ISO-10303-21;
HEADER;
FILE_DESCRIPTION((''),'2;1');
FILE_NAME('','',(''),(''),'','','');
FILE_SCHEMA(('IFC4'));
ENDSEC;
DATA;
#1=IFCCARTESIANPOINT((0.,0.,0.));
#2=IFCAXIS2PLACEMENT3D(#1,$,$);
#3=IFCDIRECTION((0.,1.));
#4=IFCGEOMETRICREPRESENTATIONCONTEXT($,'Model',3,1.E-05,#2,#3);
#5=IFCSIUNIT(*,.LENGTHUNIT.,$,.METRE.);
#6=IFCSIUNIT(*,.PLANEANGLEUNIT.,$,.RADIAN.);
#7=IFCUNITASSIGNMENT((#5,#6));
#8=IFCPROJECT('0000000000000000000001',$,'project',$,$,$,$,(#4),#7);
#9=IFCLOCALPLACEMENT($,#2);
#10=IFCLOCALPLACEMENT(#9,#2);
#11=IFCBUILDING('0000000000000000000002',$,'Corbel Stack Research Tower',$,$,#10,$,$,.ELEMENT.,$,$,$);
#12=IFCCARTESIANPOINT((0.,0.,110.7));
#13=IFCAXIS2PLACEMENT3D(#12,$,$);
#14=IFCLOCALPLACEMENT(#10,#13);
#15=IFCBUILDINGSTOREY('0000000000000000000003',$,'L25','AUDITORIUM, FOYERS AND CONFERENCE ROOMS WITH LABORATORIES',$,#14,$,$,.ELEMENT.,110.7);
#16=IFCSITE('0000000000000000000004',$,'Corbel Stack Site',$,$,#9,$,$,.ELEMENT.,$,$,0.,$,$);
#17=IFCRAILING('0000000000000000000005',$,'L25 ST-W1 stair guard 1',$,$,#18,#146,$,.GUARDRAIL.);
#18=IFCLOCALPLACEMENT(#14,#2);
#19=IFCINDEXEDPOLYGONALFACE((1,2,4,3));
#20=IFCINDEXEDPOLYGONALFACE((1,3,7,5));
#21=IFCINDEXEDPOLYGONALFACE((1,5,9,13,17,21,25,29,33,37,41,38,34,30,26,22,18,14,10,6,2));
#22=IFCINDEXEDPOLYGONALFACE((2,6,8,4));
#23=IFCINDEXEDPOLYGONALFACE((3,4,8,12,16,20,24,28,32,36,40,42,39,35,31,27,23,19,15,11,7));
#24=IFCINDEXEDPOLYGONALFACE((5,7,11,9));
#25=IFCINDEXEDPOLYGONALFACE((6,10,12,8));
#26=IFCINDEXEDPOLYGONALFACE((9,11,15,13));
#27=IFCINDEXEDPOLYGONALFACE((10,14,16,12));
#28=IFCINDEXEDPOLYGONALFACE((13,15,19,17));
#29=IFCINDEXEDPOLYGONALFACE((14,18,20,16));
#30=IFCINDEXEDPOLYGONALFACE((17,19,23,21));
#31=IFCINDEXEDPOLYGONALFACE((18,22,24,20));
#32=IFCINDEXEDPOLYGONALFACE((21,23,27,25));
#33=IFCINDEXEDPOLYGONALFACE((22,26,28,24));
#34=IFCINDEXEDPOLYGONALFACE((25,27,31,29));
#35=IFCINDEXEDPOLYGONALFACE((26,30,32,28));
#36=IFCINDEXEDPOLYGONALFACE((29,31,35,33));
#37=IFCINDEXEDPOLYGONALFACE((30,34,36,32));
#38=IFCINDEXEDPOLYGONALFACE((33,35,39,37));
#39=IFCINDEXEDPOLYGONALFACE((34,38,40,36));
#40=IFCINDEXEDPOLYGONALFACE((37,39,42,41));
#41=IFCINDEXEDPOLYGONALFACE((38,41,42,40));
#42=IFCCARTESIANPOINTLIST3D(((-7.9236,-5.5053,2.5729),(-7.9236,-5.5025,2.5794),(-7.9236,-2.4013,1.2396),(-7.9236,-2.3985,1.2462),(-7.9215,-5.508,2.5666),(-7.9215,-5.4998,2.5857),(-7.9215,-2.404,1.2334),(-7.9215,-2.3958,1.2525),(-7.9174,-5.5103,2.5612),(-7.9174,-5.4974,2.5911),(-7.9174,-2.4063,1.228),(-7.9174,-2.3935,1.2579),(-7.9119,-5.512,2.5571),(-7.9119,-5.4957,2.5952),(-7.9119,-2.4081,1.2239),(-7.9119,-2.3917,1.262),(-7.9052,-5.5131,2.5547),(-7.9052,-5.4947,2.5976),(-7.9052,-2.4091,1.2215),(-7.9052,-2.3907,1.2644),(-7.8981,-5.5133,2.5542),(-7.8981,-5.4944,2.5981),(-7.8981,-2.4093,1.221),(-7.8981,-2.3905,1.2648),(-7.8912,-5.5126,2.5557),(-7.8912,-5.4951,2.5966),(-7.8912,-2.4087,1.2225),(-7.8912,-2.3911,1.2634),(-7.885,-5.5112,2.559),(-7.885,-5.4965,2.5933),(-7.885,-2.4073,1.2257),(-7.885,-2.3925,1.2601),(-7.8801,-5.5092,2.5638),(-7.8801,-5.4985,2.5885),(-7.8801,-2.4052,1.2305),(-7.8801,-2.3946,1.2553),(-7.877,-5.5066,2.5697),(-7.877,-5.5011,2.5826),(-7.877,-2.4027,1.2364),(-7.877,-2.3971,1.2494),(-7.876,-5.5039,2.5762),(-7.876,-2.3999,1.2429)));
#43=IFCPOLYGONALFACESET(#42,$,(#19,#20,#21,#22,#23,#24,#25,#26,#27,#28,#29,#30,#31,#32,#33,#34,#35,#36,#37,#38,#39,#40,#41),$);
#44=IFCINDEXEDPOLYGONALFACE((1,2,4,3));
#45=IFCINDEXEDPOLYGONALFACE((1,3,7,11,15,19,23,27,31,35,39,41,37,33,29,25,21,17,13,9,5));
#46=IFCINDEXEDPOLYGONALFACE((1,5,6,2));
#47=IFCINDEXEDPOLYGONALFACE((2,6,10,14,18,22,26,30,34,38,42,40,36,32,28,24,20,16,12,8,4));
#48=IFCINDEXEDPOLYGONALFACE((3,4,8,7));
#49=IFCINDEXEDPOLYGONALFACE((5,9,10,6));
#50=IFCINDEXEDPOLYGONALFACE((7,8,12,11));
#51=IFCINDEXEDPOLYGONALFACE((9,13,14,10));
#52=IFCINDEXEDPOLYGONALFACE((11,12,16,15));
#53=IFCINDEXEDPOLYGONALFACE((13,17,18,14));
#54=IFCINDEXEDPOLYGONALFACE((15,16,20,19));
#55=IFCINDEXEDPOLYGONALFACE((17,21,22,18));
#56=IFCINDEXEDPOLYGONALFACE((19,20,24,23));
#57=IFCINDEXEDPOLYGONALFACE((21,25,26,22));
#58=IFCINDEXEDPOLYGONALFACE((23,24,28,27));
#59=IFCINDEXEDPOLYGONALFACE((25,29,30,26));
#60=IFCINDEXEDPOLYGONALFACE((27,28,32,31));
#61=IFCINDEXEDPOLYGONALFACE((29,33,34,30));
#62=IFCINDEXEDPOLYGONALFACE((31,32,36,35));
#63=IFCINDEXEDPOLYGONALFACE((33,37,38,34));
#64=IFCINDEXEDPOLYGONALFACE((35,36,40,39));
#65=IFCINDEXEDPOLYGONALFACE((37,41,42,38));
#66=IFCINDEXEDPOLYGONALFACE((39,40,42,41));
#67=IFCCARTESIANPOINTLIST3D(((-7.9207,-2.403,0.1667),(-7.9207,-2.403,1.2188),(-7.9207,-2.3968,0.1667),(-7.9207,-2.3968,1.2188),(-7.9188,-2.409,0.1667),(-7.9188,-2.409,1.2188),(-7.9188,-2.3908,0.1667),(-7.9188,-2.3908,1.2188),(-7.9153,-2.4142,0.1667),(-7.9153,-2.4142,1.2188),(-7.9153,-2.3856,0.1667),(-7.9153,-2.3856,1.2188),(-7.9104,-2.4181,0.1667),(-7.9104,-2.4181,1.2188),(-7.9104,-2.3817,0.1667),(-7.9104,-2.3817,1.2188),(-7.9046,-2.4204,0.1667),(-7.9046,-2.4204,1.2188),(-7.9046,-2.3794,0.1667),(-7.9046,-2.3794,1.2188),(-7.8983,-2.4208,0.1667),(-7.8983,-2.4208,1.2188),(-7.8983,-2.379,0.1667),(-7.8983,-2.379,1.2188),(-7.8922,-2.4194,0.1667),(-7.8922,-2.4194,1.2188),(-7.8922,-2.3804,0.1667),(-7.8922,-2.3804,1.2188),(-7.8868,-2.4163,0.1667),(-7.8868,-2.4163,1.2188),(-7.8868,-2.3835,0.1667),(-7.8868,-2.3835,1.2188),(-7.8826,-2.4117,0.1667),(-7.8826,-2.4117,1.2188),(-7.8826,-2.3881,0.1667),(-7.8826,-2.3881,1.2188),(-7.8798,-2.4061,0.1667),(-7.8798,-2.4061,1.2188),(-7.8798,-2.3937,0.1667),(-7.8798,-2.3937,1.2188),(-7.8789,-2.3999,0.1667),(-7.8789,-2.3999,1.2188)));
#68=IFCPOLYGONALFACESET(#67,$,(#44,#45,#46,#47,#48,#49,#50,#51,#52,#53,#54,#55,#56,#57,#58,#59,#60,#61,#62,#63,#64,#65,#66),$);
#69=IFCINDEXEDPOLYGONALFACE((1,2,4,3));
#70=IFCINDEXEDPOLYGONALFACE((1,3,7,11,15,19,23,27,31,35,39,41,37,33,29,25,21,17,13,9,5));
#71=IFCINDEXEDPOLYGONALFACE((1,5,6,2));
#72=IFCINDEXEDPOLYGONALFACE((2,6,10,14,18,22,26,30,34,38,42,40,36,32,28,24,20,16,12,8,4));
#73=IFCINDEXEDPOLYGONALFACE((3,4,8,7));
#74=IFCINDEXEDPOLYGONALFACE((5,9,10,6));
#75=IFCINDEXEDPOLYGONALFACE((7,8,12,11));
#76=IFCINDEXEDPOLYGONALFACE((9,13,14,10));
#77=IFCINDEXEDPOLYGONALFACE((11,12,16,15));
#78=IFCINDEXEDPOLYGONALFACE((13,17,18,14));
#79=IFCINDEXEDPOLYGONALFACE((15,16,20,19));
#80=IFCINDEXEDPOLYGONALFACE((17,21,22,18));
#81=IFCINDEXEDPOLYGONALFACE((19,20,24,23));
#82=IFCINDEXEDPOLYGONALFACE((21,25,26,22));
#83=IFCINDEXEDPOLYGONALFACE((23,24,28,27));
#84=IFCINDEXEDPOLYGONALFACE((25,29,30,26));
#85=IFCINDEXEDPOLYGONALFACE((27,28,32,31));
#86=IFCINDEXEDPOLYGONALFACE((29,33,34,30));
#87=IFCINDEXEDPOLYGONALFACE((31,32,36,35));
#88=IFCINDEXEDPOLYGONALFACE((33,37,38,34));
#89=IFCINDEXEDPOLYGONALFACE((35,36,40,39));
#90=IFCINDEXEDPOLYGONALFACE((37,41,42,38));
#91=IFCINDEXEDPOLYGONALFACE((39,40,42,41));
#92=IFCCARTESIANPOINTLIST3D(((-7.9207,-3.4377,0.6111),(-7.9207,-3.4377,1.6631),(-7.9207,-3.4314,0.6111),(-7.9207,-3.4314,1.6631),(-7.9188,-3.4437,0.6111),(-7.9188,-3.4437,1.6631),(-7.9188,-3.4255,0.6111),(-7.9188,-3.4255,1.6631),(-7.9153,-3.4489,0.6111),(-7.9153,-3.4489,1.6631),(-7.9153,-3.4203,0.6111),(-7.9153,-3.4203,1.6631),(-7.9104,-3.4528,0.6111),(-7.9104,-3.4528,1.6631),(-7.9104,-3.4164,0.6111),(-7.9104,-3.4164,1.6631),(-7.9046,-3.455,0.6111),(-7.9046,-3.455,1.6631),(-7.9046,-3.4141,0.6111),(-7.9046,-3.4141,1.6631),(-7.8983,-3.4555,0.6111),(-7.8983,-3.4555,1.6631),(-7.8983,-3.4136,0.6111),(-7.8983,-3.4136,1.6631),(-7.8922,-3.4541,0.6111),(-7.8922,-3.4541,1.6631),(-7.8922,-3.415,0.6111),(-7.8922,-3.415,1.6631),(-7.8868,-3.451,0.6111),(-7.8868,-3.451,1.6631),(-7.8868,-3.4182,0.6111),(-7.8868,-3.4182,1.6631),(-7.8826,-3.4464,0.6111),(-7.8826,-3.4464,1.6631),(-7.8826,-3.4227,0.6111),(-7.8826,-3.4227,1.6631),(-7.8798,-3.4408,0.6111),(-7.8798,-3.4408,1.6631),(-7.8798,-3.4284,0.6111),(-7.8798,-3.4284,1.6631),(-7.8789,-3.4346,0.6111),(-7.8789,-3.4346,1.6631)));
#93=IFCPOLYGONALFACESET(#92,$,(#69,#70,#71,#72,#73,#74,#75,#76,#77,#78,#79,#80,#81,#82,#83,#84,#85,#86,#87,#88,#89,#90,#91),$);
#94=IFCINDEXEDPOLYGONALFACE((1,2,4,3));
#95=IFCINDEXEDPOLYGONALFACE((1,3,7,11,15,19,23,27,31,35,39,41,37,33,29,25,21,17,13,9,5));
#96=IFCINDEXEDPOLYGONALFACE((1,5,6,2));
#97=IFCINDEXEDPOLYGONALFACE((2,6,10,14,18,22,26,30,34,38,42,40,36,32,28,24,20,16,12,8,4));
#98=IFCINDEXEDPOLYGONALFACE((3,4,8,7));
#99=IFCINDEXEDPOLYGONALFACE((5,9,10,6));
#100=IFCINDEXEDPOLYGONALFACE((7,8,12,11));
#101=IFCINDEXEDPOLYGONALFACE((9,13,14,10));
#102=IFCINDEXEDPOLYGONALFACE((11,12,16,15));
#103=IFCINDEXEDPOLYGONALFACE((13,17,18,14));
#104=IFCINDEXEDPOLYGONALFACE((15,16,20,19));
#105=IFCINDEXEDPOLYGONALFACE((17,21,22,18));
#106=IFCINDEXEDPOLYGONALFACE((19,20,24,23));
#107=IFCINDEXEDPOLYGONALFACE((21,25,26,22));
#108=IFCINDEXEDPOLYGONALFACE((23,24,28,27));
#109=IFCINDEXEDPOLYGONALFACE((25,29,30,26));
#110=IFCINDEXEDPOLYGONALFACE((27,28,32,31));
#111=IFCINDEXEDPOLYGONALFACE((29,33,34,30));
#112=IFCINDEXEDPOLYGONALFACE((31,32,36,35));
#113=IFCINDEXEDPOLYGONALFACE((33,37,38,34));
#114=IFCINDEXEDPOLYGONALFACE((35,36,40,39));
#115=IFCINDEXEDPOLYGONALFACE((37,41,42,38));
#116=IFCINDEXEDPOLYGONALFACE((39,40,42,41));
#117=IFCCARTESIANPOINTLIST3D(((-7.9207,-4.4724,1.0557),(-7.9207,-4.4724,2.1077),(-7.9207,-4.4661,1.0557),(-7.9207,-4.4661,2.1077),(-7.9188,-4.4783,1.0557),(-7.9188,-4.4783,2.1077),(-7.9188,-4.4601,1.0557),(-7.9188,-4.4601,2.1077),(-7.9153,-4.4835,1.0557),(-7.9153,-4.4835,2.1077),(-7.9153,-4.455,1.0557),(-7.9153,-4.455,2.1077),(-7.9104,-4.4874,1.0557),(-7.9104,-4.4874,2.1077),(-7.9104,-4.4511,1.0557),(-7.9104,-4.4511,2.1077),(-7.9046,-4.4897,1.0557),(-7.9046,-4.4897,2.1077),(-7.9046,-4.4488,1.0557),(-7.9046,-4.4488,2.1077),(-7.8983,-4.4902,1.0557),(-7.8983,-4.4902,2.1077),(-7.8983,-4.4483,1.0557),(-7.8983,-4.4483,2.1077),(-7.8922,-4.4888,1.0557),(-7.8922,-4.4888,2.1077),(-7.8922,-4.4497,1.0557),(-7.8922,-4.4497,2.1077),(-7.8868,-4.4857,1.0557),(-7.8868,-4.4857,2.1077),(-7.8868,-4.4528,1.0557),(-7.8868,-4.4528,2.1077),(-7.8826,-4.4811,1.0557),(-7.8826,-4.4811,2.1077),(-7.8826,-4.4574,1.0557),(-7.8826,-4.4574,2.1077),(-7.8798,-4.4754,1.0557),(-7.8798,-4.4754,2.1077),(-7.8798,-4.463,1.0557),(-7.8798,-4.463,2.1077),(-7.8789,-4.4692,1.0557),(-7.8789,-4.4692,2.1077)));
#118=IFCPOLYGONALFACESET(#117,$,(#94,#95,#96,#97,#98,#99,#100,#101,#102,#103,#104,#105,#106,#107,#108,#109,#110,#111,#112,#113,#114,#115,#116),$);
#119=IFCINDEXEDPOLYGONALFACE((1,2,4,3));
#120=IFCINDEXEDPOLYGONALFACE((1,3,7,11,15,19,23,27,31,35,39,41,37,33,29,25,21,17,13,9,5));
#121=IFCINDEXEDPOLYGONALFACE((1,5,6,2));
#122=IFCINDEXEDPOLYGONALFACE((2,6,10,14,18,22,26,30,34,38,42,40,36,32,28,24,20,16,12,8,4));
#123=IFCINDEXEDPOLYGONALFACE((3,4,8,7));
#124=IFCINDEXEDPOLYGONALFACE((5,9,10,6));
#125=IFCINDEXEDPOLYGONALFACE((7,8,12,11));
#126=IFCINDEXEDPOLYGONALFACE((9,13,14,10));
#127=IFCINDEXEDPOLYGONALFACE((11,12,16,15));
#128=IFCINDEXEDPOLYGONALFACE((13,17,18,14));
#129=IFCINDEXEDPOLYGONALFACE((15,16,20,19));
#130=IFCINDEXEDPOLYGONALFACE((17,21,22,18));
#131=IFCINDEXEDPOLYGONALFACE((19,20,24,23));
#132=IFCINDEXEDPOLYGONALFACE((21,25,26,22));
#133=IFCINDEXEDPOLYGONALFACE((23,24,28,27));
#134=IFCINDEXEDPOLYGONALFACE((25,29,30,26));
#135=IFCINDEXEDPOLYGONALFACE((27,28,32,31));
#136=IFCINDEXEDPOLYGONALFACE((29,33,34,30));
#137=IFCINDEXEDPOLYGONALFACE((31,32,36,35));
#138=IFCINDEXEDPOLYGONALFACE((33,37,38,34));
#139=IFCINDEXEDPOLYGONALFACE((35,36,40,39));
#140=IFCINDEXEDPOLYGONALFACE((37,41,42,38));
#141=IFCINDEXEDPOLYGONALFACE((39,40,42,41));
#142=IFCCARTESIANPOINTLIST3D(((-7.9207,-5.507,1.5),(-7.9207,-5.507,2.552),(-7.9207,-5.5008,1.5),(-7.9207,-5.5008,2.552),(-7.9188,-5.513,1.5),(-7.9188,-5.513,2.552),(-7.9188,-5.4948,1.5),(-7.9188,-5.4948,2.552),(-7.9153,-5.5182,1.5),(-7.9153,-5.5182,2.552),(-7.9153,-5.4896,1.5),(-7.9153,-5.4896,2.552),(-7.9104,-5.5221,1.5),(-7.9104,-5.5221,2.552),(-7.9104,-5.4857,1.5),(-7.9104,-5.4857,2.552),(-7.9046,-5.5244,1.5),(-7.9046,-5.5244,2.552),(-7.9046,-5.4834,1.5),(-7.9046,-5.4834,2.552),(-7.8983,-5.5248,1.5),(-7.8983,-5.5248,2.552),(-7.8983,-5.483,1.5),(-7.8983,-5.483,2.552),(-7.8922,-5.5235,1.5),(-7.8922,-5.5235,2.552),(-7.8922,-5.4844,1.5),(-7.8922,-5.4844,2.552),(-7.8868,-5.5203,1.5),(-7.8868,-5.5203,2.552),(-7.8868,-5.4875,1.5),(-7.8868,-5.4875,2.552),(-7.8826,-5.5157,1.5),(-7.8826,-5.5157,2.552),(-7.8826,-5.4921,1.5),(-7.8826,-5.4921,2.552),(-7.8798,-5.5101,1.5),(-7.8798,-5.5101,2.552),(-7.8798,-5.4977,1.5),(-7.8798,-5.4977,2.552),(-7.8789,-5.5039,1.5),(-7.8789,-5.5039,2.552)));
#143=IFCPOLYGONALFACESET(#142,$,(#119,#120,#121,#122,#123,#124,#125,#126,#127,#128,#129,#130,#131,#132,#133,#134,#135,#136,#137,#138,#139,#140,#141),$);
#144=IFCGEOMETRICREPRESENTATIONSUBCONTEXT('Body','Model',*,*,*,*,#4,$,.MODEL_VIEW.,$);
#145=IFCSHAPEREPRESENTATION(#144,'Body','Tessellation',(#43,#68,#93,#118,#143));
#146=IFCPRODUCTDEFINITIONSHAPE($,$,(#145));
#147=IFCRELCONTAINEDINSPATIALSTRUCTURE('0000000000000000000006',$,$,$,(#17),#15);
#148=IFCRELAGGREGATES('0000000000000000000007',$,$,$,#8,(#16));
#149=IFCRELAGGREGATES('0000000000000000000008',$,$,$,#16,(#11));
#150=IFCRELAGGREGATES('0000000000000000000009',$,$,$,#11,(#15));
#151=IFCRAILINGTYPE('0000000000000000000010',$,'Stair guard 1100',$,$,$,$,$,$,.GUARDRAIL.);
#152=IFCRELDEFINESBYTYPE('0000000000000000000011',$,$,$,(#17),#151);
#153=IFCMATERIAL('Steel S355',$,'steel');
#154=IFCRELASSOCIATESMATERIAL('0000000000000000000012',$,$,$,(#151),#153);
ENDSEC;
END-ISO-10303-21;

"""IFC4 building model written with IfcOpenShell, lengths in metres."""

from ifc_helpers import new_model, si_unit, direction, frame, origin, origin_2d, place, context, subcontext, project, spatial, circle, extrude, material, type_object, element, save


model = new_model("IFC4")

# Units and contexts
model_context = context("Model", 3, precision=1e-05, world=origin(), true_north=direction((0.0, 1.0)))
body_context = subcontext(model_context, "Body", "Model", "MODEL_VIEW")
ifc_project = project(units=[si_unit("LENGTHUNIT", "METRE"), si_unit("PLANEANGLEUNIT", "RADIAN")], contexts=[model_context])

# Site, building, storey
site_placement = place(None, origin())
site = spatial("IfcSite", under=ifc_project, at=site_placement, Name="Corbel Stack Site", CompositionType="ELEMENT", RefElevation=0.0)
building_placement = place(site_placement, origin())
building = spatial("IfcBuilding", under=site, at=building_placement, Name="Corbel Stack Research Tower", CompositionType="ELEMENT")
storey_placement = place(building_placement, frame((0.0, 0.0, 110.7)))
storey = spatial("IfcBuildingStorey", under=building, at=storey_placement, Name="L25", Description="AUDITORIUM, FOYERS AND CONFERENCE ROOMS WITH LABORATORIES", CompositionType="ELEMENT", Elevation=110.7)

# Railing
ifc_material_1 = material(Name="Steel S355", Category="steel")
railing_type_1 = type_object("IfcRailingType", Name="Stair guard 1100", PredefinedType="GUARDRAIL", material=ifc_material_1)
railing_1_placement = place(storey_placement, frame((-7.8999, -2.3999, 0.1667)))
element("IfcRailing", 1, at=railing_1_placement, inside=storey, type_object=railing_type_1, Name="L25 ST-W1 stair guard 1", PredefinedType="GUARDRAIL", context=body_context, shape_type="SweptSolid", body=[
    extrude(circle(Radius=0.0239, at=origin_2d()), frame((0.0, 0.0, 1.0762), z_axis=(0.0, -0.918827, 0.394661), x_axis=(1.0, 0.0, 0.0)), (0.0, 0.0, 1.0), 3.3782),
    extrude(circle(Radius=0.021, at=origin_2d()), origin(), (0.0, 0.0, 1.0), 1.052),
    extrude(circle(Radius=0.021, at=origin_2d()), frame((0.0, -1.0347, 0.4443)), (0.0, 0.0, 1.0), 1.052),
    extrude(circle(Radius=0.021, at=origin_2d()), frame((0.0, -2.0693, 0.8889)), (0.0, 0.0, 1.0), 1.052),
    extrude(circle(Radius=0.021, at=origin_2d()), frame((0.0, -3.104, 1.3333)), (0.0, 0.0, 1.0), 1.052),
])

save(model, "model.ifc")
